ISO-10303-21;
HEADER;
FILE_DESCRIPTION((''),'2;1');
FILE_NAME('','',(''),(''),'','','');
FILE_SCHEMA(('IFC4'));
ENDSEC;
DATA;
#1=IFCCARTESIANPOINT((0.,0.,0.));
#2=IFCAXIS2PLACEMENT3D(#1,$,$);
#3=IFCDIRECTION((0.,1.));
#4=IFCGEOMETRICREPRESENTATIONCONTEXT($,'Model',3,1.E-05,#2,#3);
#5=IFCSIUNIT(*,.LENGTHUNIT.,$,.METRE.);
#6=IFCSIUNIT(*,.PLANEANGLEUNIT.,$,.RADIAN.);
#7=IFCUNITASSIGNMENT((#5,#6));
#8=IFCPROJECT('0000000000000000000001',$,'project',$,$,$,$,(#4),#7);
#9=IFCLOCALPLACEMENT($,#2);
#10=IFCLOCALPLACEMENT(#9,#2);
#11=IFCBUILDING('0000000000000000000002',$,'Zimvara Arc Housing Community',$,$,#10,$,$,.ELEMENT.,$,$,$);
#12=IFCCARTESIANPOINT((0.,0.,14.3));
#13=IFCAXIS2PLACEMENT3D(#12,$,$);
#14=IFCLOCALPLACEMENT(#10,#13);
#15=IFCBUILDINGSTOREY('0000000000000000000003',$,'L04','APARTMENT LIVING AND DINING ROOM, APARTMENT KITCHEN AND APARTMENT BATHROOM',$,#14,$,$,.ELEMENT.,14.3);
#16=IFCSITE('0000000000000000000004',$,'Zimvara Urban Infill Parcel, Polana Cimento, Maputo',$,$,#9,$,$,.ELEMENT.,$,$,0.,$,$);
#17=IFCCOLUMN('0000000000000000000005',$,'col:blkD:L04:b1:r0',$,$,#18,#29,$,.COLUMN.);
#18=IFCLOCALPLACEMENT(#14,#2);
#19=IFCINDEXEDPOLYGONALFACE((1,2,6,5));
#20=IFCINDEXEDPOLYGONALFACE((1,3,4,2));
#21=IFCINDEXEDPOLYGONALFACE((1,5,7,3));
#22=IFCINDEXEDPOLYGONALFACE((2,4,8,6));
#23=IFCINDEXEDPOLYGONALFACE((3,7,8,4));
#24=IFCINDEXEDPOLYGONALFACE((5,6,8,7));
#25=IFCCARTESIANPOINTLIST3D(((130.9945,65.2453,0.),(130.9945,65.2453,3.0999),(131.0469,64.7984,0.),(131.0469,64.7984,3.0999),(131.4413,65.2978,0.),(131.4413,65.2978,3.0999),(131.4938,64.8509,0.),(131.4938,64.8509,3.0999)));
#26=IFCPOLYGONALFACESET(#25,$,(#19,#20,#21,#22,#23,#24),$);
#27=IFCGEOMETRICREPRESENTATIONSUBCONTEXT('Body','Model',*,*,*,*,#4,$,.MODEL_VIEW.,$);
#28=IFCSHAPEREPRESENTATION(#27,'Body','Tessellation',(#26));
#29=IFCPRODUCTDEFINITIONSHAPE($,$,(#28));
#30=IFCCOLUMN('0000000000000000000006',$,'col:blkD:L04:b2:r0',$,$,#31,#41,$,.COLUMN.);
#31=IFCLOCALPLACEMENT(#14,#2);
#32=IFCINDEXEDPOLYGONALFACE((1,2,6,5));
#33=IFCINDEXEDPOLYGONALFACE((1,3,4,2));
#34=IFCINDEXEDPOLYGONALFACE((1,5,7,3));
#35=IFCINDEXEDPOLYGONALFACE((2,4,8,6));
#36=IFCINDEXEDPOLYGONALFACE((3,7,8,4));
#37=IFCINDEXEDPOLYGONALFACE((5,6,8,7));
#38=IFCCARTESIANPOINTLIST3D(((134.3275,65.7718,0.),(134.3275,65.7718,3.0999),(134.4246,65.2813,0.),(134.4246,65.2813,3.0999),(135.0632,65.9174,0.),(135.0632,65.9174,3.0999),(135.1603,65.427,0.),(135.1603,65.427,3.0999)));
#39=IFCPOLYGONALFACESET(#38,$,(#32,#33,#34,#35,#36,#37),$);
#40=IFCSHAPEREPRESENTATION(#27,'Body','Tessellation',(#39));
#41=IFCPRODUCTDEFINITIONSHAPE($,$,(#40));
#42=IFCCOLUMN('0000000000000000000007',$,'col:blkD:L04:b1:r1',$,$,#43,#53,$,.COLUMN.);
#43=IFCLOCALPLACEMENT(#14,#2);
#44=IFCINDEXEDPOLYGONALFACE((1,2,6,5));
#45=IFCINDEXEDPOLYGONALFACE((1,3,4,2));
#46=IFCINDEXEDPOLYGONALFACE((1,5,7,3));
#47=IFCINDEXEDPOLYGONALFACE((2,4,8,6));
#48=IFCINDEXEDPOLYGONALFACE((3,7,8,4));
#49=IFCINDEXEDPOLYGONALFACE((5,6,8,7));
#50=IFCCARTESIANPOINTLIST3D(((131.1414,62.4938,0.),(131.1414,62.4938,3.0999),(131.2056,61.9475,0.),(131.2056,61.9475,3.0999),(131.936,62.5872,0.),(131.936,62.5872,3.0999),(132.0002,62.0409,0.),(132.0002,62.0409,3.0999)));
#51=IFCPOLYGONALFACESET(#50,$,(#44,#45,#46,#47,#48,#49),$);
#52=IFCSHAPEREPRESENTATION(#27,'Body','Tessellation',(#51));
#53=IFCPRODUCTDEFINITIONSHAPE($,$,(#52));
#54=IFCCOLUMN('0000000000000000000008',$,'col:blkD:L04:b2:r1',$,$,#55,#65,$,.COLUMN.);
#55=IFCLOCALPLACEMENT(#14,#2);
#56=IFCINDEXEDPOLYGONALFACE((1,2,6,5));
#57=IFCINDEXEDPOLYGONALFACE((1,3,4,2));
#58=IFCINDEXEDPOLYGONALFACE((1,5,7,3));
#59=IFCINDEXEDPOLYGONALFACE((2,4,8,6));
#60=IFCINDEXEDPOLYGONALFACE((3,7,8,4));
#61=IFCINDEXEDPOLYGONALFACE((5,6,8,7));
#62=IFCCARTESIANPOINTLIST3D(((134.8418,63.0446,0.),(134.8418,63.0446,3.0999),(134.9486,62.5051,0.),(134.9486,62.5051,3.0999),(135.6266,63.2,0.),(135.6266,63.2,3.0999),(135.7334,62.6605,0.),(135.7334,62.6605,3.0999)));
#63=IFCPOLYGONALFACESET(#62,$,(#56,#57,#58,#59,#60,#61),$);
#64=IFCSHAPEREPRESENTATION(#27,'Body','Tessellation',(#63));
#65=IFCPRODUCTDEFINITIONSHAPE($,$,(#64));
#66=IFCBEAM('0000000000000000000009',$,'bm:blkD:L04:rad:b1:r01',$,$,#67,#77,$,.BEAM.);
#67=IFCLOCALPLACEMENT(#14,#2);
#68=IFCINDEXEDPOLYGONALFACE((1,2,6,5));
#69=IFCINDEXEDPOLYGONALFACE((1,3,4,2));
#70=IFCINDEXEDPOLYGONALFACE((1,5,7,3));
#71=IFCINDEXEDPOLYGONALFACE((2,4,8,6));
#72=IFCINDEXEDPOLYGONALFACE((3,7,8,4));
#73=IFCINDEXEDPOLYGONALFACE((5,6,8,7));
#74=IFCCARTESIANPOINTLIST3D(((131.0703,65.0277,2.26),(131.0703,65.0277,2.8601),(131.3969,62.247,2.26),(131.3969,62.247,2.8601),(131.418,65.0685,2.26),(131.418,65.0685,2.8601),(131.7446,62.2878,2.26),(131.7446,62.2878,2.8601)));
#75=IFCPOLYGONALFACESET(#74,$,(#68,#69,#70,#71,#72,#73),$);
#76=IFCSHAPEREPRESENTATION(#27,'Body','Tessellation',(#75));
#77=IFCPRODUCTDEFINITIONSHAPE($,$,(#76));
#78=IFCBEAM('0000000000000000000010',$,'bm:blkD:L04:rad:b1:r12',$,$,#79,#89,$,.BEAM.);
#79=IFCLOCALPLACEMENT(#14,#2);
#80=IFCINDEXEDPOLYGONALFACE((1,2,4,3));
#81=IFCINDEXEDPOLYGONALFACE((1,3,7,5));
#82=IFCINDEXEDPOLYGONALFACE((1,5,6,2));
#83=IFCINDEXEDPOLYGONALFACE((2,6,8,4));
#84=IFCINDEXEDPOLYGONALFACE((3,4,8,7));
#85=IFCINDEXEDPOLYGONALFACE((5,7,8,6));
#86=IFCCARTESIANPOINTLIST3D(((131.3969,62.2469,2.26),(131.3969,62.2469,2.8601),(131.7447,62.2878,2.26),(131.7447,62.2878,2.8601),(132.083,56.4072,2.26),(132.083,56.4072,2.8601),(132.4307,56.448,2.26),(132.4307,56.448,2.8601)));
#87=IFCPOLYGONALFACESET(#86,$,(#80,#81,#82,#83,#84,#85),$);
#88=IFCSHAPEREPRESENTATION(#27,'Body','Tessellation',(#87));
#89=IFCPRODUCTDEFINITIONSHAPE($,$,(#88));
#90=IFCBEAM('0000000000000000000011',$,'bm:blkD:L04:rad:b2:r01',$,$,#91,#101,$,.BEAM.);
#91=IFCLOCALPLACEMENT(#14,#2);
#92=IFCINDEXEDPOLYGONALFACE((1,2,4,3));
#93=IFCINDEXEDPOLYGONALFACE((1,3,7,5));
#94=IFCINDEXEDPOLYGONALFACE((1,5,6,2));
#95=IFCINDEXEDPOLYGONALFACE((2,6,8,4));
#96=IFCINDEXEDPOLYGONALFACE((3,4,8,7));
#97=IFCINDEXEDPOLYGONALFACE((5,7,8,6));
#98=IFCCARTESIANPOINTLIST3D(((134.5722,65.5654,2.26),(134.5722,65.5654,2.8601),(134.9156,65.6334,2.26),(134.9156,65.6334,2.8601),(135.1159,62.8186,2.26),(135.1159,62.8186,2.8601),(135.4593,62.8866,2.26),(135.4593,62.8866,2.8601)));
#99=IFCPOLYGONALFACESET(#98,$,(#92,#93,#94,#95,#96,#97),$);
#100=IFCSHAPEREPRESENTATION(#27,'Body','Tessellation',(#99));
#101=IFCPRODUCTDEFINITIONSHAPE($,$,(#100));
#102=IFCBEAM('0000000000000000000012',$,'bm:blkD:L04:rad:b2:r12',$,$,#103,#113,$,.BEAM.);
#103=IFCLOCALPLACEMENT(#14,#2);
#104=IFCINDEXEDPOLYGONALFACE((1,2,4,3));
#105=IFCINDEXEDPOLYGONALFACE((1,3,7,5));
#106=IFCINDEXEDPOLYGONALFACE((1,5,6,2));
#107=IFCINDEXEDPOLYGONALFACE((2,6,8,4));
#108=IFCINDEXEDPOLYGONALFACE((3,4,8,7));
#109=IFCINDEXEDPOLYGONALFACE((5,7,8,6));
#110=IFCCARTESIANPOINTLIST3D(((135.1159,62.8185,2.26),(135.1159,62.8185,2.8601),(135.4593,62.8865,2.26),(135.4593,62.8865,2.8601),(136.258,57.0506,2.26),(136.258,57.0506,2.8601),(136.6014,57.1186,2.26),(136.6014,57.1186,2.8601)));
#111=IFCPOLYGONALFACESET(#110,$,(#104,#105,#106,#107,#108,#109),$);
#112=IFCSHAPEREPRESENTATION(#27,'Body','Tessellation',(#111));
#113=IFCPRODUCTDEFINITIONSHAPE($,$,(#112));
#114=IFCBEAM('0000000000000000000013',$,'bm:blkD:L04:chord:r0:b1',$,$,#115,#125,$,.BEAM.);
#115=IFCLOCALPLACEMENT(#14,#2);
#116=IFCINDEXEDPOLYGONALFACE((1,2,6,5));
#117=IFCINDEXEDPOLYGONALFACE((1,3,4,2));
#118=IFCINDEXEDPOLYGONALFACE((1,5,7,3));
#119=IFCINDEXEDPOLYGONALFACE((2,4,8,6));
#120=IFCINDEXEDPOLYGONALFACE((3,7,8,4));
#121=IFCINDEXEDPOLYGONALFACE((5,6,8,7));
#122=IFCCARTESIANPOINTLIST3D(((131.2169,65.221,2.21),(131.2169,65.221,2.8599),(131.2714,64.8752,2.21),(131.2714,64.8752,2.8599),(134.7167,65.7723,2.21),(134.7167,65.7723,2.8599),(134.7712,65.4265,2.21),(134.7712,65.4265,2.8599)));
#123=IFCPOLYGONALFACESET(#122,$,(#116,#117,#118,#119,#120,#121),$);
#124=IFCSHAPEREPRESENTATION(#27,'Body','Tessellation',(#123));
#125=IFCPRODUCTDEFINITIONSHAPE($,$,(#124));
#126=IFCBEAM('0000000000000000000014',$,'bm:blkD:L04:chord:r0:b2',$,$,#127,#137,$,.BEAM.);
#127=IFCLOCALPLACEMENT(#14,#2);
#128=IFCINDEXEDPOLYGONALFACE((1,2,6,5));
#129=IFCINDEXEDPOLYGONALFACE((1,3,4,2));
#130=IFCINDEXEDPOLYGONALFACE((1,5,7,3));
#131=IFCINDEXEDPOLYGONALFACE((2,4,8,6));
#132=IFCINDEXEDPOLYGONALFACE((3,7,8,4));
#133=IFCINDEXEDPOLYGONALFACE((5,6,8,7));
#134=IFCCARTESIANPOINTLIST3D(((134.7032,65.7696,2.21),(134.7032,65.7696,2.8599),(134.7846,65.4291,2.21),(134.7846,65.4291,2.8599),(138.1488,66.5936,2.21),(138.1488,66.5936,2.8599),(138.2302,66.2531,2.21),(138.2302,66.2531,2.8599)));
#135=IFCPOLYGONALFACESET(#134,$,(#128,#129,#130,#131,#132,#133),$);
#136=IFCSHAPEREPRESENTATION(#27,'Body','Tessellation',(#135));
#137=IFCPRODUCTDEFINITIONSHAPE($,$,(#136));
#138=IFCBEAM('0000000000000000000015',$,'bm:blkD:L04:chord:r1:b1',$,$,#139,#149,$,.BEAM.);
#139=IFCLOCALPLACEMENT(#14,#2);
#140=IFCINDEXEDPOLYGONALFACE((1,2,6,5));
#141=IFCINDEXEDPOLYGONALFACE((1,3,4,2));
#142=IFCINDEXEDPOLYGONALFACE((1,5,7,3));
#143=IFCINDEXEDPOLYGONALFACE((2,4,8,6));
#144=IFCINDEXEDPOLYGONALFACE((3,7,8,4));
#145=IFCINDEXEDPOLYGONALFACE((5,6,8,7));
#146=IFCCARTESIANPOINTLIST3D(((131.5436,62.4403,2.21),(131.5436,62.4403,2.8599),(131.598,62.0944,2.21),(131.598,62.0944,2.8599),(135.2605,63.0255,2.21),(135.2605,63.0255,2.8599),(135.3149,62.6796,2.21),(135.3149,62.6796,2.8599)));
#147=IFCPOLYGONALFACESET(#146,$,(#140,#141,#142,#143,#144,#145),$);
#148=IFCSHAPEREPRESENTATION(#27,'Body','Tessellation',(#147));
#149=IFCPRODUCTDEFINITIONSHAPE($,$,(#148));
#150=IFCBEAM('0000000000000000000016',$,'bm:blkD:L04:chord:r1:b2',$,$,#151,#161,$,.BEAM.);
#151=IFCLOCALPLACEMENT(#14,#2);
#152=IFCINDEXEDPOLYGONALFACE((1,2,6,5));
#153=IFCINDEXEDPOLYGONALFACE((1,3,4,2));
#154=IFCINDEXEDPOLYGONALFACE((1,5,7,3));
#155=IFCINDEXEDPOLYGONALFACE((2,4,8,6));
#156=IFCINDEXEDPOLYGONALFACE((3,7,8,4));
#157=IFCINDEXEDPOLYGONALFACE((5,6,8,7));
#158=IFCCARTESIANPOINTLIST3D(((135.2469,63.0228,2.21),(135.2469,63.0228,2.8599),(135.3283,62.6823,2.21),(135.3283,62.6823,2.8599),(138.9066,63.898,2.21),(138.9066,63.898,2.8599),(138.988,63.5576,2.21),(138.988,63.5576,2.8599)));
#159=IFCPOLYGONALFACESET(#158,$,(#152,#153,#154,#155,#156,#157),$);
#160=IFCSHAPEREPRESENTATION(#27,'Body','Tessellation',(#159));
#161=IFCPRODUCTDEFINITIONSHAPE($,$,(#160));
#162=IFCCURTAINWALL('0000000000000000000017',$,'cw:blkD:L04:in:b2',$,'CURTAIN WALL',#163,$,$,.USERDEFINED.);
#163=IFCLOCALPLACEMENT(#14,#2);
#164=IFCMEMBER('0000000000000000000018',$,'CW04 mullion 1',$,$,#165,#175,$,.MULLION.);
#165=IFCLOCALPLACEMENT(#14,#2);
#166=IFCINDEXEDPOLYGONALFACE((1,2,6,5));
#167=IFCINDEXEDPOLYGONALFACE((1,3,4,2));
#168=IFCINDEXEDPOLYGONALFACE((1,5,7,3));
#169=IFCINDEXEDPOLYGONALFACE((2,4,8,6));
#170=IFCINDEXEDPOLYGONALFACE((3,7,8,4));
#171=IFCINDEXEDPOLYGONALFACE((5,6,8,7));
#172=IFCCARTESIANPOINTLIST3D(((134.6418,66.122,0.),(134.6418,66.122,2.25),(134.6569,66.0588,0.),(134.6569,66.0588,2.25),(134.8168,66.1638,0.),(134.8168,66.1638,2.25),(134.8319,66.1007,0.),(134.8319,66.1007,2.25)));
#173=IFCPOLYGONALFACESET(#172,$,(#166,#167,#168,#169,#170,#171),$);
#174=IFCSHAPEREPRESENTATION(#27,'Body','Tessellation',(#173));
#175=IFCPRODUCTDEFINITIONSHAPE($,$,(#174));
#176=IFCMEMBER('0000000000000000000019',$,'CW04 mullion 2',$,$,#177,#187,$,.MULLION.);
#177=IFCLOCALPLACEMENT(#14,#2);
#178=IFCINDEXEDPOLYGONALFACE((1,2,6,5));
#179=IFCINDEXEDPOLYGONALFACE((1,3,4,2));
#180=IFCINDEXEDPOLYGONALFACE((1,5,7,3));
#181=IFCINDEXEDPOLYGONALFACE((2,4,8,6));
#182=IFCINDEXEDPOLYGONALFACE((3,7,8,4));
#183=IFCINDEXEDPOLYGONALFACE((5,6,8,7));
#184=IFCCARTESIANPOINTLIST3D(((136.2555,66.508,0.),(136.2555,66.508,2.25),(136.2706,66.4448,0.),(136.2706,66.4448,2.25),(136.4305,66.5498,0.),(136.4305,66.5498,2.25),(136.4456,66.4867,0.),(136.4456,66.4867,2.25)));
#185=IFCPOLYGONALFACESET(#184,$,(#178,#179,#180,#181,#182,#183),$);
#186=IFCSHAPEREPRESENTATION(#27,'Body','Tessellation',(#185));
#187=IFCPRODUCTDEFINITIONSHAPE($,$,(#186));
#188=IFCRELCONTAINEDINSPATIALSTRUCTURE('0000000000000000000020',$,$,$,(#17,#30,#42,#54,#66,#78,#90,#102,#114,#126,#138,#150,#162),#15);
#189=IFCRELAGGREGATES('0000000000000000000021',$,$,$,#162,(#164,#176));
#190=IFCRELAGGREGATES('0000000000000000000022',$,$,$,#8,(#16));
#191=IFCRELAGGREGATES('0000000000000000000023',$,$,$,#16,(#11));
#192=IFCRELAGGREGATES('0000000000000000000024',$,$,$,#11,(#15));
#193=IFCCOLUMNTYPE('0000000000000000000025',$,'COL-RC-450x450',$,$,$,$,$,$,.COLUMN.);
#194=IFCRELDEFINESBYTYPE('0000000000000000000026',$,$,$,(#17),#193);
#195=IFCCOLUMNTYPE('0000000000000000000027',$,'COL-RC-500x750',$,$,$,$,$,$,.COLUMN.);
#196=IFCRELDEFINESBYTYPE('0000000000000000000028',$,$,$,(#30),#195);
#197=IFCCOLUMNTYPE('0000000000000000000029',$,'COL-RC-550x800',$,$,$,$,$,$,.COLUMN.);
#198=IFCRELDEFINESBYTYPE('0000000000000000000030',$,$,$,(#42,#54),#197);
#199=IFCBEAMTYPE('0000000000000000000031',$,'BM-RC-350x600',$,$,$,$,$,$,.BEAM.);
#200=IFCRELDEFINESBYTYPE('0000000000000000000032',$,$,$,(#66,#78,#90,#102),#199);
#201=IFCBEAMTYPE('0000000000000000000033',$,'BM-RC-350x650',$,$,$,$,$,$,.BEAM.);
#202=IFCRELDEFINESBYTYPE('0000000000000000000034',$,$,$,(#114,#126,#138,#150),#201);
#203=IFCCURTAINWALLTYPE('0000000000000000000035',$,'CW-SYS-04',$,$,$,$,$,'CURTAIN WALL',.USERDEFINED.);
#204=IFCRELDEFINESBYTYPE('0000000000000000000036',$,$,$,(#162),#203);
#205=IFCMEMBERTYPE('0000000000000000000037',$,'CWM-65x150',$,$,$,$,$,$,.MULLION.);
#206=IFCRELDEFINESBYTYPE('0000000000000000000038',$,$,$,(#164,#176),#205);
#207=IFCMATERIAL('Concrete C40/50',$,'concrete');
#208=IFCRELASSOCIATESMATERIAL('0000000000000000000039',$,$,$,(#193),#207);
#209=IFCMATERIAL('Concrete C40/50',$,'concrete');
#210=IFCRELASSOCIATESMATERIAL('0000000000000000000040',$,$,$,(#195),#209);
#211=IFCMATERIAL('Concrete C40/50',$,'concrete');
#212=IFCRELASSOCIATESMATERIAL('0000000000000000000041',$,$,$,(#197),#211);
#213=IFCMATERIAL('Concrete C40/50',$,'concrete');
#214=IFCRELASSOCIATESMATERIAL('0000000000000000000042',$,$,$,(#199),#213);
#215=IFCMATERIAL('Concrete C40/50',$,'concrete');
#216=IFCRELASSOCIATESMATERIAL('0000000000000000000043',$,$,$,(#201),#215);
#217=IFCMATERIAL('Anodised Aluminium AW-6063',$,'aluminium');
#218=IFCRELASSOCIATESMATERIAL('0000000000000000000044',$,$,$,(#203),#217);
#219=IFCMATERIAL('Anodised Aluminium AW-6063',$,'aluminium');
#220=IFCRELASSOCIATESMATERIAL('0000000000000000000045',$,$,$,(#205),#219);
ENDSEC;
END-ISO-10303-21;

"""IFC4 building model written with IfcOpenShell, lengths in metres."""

from ifc_helpers import new_model, si_unit, direction, frame, origin, origin_2d, place, context, subcontext, project, spatial, rectangle, extrude, material, material_profile, profile_set, type_object, element, aggregate, save


model = new_model("IFC4")

# Units and contexts
model_context = context("Model", 3, precision=1e-05, world=origin(), true_north=direction((0.0, 1.0)))
body_context = subcontext(model_context, "Body", "Model", "MODEL_VIEW")
ifc_project = project(units=[si_unit("LENGTHUNIT", "METRE"), si_unit("PLANEANGLEUNIT", "RADIAN")], contexts=[model_context])

# Site, building, storey
site_placement = place(None, origin())
site = spatial("IfcSite", under=ifc_project, at=site_placement, Name="Zimvara Urban Infill Parcel, Polana Cimento, Maputo", CompositionType="ELEMENT", RefElevation=0.0)
building_placement = place(site_placement, origin())
building = spatial("IfcBuilding", under=site, at=building_placement, Name="Zimvara Arc Housing Community", CompositionType="ELEMENT")
storey_placement = place(building_placement, frame((0.0, 0.0, 14.3)))
storey = spatial("IfcBuildingStorey", under=building, at=storey_placement, Name="L04", Description="APARTMENT LIVING AND DINING ROOM, APARTMENT KITCHEN AND APARTMENT BATHROOM", CompositionType="ELEMENT", Elevation=14.3)

# Columns
ifc_material_1 = material(Name="Concrete C40/50", Category="concrete")
ifc_material_profile_1 = material_profile(ifc_material_1, rectangle(XDim=0.45, YDim=0.45, at=origin_2d()), Name="RC 450x450")
ifc_profile_set_1 = profile_set([ifc_material_profile_1], Name="Concrete C40/50")
column_type_1 = type_object("IfcColumnType", Name="COL-RC-450x450", PredefinedType="COLUMN", material=ifc_profile_set_1)
column_1_placement = place(storey_placement, frame((131.2441, 65.0481, 0.0), z_axis=(0.0, 0.0, 1.0), x_axis=(0.116671, -0.993171, 0.0)))
element("IfcColumn", 1, at=column_1_placement, inside=storey, type_object=column_type_1, Name="col:blkD:L04:b1:r0", PredefinedType="COLUMN", context=body_context, shape_type="SweptSolid", body=[
    extrude(rectangle(XDim=0.45, YDim=0.45, at=origin_2d()), origin(), (0.0, 0.0, 1.0), 3.0999),
])
ifc_material_2 = material(Name="Concrete C40/50", Category="concrete")
ifc_material_profile_2 = material_profile(ifc_material_2, rectangle(XDim=0.5, YDim=0.75, at=origin_2d()), Name="RC 500x750")
ifc_profile_set_2 = profile_set([ifc_material_profile_2], Name="Concrete C40/50")
column_type_2 = type_object("IfcColumnType", Name="COL-RC-500x750", PredefinedType="COLUMN", material=ifc_profile_set_2)
column_2_placement = place(storey_placement, frame((134.7439, 65.5994, 0.0), z_axis=(0.0, 0.0, 1.0), x_axis=(0.194234, -0.980955, 0.0)))
element("IfcColumn", 2, at=column_2_placement, inside=storey, type_object=column_type_2, Name="col:blkD:L04:b2:r0", PredefinedType="COLUMN", context=body_context, shape_type="SweptSolid", body=[
    extrude(rectangle(XDim=0.5, YDim=0.75, at=origin_2d()), origin(), (0.0, 0.0, 1.0), 3.0999),
])
ifc_material_3 = material(Name="Concrete C40/50", Category="concrete")
ifc_material_profile_3 = material_profile(ifc_material_3, rectangle(XDim=0.55, YDim=0.8, at=origin_2d()), Name="RC 550x800")
ifc_profile_set_3 = profile_set([ifc_material_profile_3], Name="Concrete C40/50")
column_type_3 = type_object("IfcColumnType", Name="COL-RC-550x800", PredefinedType="COLUMN", material=ifc_profile_set_3)
for number, where, z_axis, x_axis, name in (
    (3, (131.5708, 62.2673, 0.0), (0.0, 0.0, 1.0), (0.116671, -0.993171, 0.0), "col:blkD:L04:b1:r1"),
    (4, (135.2876, 62.8525, 0.0), (0.0, 0.0, 1.0), (0.194234, -0.980955, 0.0), "col:blkD:L04:b2:r1"),
):
    element("IfcColumn", number, at=place(storey_placement, frame(where, z_axis=z_axis, x_axis=x_axis)), inside=storey, type_object=column_type_3, Name=name, PredefinedType="COLUMN", context=body_context, shape_type="SweptSolid", body=[
        extrude(rectangle(XDim=0.55, YDim=0.8, at=origin_2d()), origin(), (0.0, 0.0, 1.0), 3.0999),
    ])

# Beams
ifc_material_4 = material(Name="Concrete C40/50", Category="concrete")
ifc_material_profile_4 = material_profile(ifc_material_4, rectangle(XDim=0.3501, YDim=0.6001, at=origin_2d()), Name="RC 350x600")
ifc_profile_set_4 = profile_set([ifc_material_profile_4], Name="Concrete C40/50")
beam_type_1 = type_object("IfcBeamType", Name="BM-RC-350x600", PredefinedType="BEAM", material=ifc_profile_set_4)
beam_1_placement = place(storey_placement, frame((131.2441, 65.0481, 2.5601), z_axis=(0.116669, -0.993171, 0.0), x_axis=(0.993171, 0.116669, 0.0)))
element("IfcBeam", 5, at=beam_1_placement, inside=storey, type_object=beam_type_1, Name="bm:blkD:L04:rad:b1:r01", PredefinedType="BEAM", context=body_context, shape_type="SweptSolid", body=[
    extrude(rectangle(XDim=0.3501, YDim=0.6001, at=origin_2d()), origin(), (0.0, 0.0, 1.0), 2.7998),
])
beam_2_placement = place(storey_placement, frame((131.5708, 62.2673, 2.5601), z_axis=(0.116673, -0.99317, 0.0), x_axis=(0.99317, 0.116673, 0.0)))
element("IfcBeam", 6, at=beam_2_placement, inside=storey, type_object=beam_type_1, Name="bm:blkD:L04:rad:b1:r12", PredefinedType="BEAM", context=body_context, shape_type="SweptSolid", body=[
    extrude(rectangle(XDim=0.3501, YDim=0.6001, at=origin_2d()), origin(), (0.0, 0.0, 1.0), 5.8799),
])
beam_3_placement = place(storey_placement, frame((134.7439, 65.5994, 2.5601), z_axis=(0.194171, -0.980968, 0.0), x_axis=(0.980968, 0.194171, 0.0)))
element("IfcBeam", 7, at=beam_3_placement, inside=storey, type_object=beam_type_1, Name="bm:blkD:L04:rad:b2:r01", PredefinedType="BEAM", context=body_context, shape_type="SweptSolid", body=[
    extrude(rectangle(XDim=0.3501, YDim=0.6001, at=origin_2d()), origin(), (0.0, 0.0, 1.0), 2.8),
])
beam_4_placement = place(storey_placement, frame((135.2876, 62.8525, 2.5601), z_axis=(0.194239, -0.980954, 0.0), x_axis=(0.980954, 0.194239, 0.0)))
element("IfcBeam", 8, at=beam_4_placement, inside=storey, type_object=beam_type_1, Name="bm:blkD:L04:rad:b2:r12", PredefinedType="BEAM", context=body_context, shape_type="SweptSolid", body=[
    extrude(rectangle(XDim=0.3501, YDim=0.6001, at=origin_2d()), origin(), (0.0, 0.0, 1.0), 5.8799),
])
ifc_material_5 = material(Name="Concrete C40/50", Category="concrete")
ifc_material_profile_5 = material_profile(ifc_material_5, rectangle(XDim=0.3501, YDim=0.6499, at=origin_2d()), Name="RC 350x650")
ifc_profile_set_5 = profile_set([ifc_material_profile_5], Name="Concrete C40/50")
beam_type_2 = type_object("IfcBeamType", Name="BM-RC-350x650", PredefinedType="BEAM", material=ifc_profile_set_5)
beam_5_placement = place(storey_placement, frame((131.2441, 65.0481, 2.5349), z_axis=(0.98782, 0.155598, 0.0), x_axis=(-0.155598, 0.98782, 0.0)))
element("IfcBeam", 9, at=beam_5_placement, inside=storey, type_object=beam_type_2, Name="bm:blkD:L04:chord:r0:b1", PredefinedType="BEAM", context=body_context, shape_type="SweptSolid", body=[
    extrude(rectangle(XDim=0.3501, YDim=0.6499, at=origin_2d()), origin(), (0.0, 0.0, 1.0), 3.543),
])
beam_6_placement = place(storey_placement, frame((134.7439, 65.5994, 2.5349), z_axis=(0.972577, 0.232583, 0.0), x_axis=(-0.232583, 0.972577, 0.0)))
element("IfcBeam", 10, at=beam_6_placement, inside=storey, type_object=beam_type_2, Name="bm:blkD:L04:chord:r0:b2", PredefinedType="BEAM", context=body_context, shape_type="SweptSolid", body=[
    extrude(rectangle(XDim=0.3501, YDim=0.6499, at=origin_2d()), origin(), (0.0, 0.0, 1.0), 3.5427),
])
beam_7_placement = place(storey_placement, frame((131.5708, 62.2673, 2.5349), z_axis=(0.987831, 0.155533, 0.0), x_axis=(-0.155533, 0.987831, 0.0)))
element("IfcBeam", 11, at=beam_7_placement, inside=storey, type_object=beam_type_2, Name="bm:blkD:L04:chord:r1:b1", PredefinedType="BEAM", context=body_context, shape_type="SweptSolid", body=[
    extrude(rectangle(XDim=0.3501, YDim=0.6499, at=origin_2d()), origin(), (0.0, 0.0, 1.0), 3.7627),
])
beam_8_placement = place(storey_placement, frame((135.2876, 62.8525, 2.5349), z_axis=(0.972573, 0.2326, 0.0), x_axis=(-0.2326, 0.972573, 0.0)))
element("IfcBeam", 12, at=beam_8_placement, inside=storey, type_object=beam_type_2, Name="bm:blkD:L04:chord:r1:b2", PredefinedType="BEAM", context=body_context, shape_type="SweptSolid", body=[
    extrude(rectangle(XDim=0.3501, YDim=0.6499, at=origin_2d()), origin(), (0.0, 0.0, 1.0), 3.7629),
])

# Curtain wall, members
ifc_material_6 = material(Name="Anodised Aluminium AW-6063", Category="aluminium")
curtain_wall_type = type_object("IfcCurtainWallType", Name="CW-SYS-04", ElementType="CURTAIN WALL", PredefinedType="USERDEFINED", material=ifc_material_6)
curtain_wall_placement = place(storey_placement, origin())
curtain_wall = element("IfcCurtainWall", 13, at=curtain_wall_placement, inside=storey, type_object=curtain_wall_type, Name="cw:blkD:L04:in:b2", ObjectType="CURTAIN WALL", PredefinedType="USERDEFINED")
ifc_material_7 = material(Name="Anodised Aluminium AW-6063", Category="aluminium")
ifc_material_profile_6 = material_profile(ifc_material_7, rectangle(XDim=0.0649, YDim=0.1799, at=origin_2d()), Name="ALU 65x180")
ifc_profile_set_6 = profile_set([ifc_material_profile_6], Name="Anodised Aluminium AW-6063")
member_type_1 = type_object("IfcMemberType", Name="CWM-65x150", PredefinedType="MULLION", material=ifc_profile_set_6)
member_1_placement = place(storey_placement, frame((134.7368, 66.1113, 0.0), z_axis=(0.0, 0.0, 1.0), x_axis=(-0.232596, 0.972573, 0.0)))
member_1 = element("IfcMember", 14, at=member_1_placement, type_object=member_type_1, Name="CW04 mullion 1", PredefinedType="MULLION", context=body_context, shape_type="SweptSolid", body=[
    extrude(rectangle(XDim=0.0649, YDim=0.1799, at=origin_2d()), origin(), (0.0, 0.0, 1.0), 2.25),
])
member_2_placement = place(storey_placement, frame((136.3506, 66.4973, 0.0), z_axis=(0.0, 0.0, 1.0), x_axis=(-0.232596, 0.972573, 0.0)))
member_2 = element("IfcMember", 15, at=member_2_placement, type_object=member_type_1, Name="CW04 mullion 2", PredefinedType="MULLION", context=body_context, shape_type="SweptSolid", body=[
    extrude(rectangle(XDim=0.0649, YDim=0.1799, at=origin_2d()), origin(), (0.0, 0.0, 1.0), 2.25),
])
aggregate(curtain_wall, [member_1, member_2])

save(model, "model.ifc")
